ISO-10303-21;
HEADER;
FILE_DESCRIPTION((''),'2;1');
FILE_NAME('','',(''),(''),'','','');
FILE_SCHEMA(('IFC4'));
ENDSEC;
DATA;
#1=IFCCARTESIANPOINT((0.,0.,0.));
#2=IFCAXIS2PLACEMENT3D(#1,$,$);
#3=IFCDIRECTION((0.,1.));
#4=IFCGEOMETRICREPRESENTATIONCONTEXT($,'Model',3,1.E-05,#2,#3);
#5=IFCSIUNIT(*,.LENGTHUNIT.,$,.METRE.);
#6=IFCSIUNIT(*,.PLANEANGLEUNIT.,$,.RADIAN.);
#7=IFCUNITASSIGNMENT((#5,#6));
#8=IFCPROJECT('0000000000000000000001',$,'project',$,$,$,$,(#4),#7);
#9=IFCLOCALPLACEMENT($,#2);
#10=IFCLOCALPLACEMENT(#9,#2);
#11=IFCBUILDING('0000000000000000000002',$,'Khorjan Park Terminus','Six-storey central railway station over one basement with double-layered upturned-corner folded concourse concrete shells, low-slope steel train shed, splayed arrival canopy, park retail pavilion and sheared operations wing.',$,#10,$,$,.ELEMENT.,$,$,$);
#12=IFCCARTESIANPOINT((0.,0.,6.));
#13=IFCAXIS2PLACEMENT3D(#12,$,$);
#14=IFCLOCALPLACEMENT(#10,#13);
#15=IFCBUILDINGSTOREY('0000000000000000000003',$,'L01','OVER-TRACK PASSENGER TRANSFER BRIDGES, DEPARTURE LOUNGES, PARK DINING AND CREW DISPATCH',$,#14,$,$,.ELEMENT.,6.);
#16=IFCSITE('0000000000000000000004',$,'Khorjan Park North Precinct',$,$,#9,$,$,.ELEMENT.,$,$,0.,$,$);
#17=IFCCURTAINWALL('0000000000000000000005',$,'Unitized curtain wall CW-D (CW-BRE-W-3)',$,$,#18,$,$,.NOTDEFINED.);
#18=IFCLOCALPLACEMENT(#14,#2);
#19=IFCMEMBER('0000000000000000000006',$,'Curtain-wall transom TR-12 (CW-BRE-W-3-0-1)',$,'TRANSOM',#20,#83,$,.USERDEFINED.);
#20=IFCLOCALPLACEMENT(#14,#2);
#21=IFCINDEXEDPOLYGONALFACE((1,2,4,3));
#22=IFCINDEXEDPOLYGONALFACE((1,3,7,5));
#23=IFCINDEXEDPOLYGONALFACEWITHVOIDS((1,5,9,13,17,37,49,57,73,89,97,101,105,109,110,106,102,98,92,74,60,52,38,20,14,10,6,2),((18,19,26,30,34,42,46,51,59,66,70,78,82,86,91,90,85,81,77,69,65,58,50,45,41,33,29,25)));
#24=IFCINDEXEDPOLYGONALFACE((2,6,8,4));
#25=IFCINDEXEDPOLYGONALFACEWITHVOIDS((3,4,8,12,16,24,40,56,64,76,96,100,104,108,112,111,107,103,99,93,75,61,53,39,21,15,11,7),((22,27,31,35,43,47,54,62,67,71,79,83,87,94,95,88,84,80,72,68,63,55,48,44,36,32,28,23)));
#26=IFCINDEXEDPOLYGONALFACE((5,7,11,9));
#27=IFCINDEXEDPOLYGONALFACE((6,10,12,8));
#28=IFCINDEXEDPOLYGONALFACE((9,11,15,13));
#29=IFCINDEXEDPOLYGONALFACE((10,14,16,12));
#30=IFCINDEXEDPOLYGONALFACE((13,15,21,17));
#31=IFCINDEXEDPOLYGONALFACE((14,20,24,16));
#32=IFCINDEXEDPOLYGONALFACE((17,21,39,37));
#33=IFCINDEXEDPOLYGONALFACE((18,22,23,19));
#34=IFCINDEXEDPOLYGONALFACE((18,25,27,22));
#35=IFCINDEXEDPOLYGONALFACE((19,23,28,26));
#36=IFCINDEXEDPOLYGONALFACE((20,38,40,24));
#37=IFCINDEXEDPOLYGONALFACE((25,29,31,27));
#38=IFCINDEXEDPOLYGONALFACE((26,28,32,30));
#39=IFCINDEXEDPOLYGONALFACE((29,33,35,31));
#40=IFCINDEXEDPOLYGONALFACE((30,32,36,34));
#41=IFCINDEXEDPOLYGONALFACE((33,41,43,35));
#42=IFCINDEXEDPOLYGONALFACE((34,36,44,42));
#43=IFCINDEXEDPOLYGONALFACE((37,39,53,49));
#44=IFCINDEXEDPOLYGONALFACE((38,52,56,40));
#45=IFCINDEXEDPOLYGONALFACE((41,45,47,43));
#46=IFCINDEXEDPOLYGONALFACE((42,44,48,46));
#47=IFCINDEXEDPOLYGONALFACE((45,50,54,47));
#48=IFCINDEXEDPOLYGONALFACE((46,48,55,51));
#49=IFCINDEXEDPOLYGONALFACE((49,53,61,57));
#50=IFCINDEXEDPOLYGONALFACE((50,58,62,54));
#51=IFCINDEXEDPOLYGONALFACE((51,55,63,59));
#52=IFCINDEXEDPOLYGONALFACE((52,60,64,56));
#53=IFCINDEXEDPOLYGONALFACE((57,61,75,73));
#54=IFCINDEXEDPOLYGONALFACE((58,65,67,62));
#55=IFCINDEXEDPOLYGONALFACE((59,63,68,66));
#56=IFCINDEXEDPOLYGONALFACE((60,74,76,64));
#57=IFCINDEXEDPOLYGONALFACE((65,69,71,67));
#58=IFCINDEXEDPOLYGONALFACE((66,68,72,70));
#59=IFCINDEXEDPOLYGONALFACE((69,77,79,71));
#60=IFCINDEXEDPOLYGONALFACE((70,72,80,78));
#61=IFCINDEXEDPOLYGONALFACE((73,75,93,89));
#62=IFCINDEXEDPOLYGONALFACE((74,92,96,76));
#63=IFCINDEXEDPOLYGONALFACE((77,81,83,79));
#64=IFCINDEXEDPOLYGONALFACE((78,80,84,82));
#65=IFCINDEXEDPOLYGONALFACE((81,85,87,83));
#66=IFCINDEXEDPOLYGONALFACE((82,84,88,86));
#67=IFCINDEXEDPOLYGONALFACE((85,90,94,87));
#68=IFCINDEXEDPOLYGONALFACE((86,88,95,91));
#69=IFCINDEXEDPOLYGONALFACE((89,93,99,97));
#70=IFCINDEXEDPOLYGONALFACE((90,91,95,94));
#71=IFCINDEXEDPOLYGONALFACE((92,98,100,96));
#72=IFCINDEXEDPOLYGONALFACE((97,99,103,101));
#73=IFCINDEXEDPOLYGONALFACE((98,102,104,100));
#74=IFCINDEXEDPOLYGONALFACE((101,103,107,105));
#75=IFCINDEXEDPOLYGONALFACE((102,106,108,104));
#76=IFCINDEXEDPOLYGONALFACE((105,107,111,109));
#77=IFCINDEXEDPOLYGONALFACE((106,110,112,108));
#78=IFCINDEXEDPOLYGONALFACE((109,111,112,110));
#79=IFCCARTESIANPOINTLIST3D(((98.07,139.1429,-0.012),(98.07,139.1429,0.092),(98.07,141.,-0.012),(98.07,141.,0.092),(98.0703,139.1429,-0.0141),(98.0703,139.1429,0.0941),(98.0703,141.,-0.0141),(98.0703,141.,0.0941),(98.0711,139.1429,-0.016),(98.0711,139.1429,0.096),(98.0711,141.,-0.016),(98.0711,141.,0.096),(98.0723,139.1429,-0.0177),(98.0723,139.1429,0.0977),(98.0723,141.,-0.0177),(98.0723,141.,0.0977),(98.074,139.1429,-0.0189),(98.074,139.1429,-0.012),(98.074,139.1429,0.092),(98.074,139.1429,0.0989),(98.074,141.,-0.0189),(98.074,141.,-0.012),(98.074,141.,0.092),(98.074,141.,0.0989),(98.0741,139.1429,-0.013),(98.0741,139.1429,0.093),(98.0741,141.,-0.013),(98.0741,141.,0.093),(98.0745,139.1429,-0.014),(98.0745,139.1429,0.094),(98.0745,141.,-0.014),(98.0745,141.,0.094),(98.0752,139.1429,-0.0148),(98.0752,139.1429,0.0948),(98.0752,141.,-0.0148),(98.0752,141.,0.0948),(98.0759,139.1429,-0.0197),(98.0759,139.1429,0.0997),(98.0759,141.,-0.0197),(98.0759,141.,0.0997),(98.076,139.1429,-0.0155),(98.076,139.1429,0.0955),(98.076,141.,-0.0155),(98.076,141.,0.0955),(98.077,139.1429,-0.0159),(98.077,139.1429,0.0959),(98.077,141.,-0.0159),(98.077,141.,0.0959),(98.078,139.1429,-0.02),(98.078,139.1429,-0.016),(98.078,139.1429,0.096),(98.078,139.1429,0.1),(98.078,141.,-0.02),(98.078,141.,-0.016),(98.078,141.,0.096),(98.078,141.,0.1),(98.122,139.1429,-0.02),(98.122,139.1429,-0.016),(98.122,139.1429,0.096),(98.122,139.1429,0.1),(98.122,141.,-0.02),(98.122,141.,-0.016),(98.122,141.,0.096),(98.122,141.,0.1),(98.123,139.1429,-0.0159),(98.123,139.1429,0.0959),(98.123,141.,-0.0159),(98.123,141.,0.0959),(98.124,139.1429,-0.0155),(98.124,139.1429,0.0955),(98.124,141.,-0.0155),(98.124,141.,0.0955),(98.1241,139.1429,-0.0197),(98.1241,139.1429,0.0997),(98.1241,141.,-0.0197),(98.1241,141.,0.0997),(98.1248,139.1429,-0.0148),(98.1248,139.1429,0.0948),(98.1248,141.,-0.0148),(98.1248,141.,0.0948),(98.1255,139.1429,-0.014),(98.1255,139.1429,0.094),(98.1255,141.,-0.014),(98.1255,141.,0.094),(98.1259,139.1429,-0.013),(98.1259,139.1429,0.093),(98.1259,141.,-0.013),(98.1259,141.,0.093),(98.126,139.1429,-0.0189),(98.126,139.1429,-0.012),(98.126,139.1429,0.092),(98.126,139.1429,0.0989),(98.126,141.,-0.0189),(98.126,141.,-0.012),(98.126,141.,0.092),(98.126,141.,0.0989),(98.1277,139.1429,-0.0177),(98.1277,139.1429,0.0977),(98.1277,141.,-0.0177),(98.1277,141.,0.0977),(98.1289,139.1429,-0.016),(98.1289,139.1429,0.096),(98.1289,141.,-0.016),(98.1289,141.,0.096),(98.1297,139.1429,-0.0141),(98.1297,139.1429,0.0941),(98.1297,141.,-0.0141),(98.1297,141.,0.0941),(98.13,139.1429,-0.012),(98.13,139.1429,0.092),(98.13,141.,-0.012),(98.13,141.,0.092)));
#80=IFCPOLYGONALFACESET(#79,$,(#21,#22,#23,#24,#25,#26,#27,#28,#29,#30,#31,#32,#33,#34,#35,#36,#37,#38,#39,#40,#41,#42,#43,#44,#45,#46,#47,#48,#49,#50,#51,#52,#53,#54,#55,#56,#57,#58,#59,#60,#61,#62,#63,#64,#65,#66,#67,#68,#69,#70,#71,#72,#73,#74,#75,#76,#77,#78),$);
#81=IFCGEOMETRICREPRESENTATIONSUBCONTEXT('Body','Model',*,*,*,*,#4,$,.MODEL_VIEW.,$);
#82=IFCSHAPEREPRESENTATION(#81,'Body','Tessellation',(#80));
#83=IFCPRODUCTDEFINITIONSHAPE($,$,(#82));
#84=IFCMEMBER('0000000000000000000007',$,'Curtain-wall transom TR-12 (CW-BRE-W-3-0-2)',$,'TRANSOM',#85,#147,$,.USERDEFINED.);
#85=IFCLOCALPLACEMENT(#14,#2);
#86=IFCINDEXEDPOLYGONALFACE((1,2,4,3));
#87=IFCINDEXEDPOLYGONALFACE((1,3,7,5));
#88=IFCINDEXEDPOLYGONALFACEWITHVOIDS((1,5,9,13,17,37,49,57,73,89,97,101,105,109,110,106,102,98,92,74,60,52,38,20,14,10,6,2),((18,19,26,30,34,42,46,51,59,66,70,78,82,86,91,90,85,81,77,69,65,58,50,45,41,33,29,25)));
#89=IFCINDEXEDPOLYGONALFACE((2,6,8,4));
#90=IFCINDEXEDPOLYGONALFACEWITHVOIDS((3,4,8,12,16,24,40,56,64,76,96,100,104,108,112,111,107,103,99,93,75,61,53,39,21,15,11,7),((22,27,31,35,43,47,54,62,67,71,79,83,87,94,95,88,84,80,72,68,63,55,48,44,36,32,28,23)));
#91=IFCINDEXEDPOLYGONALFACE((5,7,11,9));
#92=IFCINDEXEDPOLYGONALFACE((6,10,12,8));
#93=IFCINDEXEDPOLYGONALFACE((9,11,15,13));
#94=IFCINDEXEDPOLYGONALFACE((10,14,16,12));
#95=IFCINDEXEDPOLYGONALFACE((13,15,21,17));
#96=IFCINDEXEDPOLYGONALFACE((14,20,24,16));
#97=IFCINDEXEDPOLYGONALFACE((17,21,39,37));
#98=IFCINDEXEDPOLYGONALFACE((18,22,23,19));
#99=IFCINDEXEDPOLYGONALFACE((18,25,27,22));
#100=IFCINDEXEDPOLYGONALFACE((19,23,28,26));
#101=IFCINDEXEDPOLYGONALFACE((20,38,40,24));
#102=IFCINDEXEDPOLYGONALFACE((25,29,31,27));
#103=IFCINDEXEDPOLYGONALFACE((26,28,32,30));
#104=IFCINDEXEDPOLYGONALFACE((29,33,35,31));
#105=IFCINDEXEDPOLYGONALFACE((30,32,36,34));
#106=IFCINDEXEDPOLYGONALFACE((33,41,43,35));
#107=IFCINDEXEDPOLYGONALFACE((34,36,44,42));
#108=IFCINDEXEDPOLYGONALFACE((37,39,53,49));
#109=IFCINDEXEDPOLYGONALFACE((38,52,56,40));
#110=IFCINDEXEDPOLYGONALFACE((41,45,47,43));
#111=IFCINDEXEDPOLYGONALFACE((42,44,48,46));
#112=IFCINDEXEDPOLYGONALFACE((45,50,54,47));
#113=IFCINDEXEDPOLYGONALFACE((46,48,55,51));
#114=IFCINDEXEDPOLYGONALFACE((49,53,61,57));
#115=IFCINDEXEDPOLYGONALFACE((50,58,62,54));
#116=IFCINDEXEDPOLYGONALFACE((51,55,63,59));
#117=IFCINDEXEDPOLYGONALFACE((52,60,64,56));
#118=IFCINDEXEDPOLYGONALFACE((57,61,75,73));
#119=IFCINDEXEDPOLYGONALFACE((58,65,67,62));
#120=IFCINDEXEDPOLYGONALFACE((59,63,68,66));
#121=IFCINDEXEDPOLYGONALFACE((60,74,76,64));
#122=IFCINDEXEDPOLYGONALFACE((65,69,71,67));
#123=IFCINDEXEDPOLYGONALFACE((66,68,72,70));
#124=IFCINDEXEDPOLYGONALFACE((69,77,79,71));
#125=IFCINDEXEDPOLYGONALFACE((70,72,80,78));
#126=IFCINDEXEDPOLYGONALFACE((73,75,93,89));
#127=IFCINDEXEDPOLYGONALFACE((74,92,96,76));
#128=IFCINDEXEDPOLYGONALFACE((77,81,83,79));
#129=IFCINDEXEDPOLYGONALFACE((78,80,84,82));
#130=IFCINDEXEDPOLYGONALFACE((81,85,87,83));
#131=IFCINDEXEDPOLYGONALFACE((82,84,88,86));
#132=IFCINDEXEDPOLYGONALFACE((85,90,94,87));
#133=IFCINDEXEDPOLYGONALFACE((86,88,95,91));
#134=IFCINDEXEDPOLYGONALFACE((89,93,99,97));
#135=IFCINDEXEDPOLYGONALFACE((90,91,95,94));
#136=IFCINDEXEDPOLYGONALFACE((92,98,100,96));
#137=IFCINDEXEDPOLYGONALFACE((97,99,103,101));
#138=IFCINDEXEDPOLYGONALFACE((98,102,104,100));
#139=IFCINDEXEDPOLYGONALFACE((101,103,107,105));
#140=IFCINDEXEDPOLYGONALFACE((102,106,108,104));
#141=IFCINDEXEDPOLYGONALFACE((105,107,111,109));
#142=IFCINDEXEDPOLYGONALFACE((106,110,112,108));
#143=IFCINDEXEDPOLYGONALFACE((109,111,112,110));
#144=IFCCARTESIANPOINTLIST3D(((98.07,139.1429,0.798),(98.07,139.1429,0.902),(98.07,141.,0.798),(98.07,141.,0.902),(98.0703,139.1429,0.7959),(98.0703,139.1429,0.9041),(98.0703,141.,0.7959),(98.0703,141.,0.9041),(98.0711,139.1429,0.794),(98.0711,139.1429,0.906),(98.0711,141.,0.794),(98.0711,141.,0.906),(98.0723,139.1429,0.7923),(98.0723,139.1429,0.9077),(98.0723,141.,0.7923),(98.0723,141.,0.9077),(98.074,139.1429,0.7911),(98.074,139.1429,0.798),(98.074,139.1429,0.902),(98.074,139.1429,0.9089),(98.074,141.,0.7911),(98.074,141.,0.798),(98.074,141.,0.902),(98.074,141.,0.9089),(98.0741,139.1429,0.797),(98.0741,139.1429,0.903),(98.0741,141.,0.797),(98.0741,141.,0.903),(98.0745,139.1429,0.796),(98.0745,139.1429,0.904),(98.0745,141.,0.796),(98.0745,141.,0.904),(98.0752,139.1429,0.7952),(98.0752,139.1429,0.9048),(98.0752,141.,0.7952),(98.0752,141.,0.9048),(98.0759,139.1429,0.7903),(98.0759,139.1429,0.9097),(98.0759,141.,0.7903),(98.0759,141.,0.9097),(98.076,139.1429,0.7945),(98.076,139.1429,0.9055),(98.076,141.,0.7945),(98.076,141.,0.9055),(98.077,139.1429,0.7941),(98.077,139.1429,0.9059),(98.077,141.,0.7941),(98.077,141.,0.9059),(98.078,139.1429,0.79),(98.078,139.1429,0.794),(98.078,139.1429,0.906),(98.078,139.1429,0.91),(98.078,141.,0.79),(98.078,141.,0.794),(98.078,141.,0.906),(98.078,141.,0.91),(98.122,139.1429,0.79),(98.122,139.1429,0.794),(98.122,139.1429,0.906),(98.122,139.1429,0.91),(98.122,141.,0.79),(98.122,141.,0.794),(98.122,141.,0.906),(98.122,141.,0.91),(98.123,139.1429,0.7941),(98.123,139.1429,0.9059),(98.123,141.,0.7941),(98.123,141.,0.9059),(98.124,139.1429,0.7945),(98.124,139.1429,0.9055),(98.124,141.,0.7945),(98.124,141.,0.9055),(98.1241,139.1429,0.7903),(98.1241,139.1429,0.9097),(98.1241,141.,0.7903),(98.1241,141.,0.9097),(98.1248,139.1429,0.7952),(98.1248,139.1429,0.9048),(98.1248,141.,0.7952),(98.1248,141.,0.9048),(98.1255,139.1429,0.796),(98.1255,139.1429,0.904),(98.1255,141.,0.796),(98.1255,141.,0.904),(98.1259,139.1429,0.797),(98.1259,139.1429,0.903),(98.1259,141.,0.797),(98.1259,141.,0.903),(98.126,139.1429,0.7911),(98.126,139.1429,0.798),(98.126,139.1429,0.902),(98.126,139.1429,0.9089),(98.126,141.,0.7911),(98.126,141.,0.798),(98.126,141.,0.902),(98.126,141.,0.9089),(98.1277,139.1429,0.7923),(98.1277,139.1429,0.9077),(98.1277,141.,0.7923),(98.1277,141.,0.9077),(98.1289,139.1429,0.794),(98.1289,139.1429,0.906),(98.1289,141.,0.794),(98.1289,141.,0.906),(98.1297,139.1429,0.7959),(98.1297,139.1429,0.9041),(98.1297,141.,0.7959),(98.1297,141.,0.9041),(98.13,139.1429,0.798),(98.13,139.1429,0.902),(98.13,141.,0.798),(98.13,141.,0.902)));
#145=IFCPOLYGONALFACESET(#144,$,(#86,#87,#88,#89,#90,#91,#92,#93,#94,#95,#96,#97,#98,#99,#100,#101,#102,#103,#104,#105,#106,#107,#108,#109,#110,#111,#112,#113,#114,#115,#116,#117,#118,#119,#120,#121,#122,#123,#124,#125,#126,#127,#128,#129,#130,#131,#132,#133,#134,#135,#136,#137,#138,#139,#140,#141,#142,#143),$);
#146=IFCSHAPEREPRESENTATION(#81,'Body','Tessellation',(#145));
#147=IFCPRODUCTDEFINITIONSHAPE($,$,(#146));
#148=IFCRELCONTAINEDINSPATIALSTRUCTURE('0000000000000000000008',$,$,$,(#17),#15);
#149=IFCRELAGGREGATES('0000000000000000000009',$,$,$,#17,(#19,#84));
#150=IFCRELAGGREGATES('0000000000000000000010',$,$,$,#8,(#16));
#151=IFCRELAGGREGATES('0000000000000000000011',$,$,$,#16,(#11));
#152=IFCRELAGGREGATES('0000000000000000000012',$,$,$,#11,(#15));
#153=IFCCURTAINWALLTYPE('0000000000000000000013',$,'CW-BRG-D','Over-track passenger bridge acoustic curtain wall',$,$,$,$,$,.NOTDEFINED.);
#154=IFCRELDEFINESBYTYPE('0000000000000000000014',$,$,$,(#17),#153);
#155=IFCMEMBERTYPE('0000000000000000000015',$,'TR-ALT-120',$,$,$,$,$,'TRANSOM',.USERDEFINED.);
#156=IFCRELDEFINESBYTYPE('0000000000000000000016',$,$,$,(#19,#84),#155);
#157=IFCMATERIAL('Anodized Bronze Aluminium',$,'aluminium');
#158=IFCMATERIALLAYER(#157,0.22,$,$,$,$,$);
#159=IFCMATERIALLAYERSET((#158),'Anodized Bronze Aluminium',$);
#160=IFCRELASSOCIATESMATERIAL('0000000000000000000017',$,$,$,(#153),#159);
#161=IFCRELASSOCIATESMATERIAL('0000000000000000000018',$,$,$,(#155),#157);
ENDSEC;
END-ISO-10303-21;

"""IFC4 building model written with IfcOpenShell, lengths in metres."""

from ifc_helpers import new_model, si_unit, direction, frame, origin, origin_2d, place, context, subcontext, project, spatial, hollow_rectangle, extrude, material, layer, layer_set, material_profile, profile_set, type_object, element, aggregate, save


model = new_model("IFC4")

# Units and contexts
model_context = context("Model", 3, precision=1e-05, world=origin(), true_north=direction((0.0, 1.0)))
body_context = subcontext(model_context, "Body", "Model", "MODEL_VIEW")
ifc_project = project(units=[si_unit("LENGTHUNIT", "METRE"), si_unit("PLANEANGLEUNIT", "RADIAN")], contexts=[model_context])

# Site, building, storey
site_placement = place(None, origin())
site = spatial("IfcSite", under=ifc_project, at=site_placement, Name="Khorjan Park North Precinct", CompositionType="ELEMENT", RefElevation=0.0)
building_placement = place(site_placement, origin())
building = spatial("IfcBuilding", under=site, at=building_placement, Name="Khorjan Park Terminus", Description="Six-storey central railway station over one basement with double-layered upturned-corner folded concourse concrete shells, low-slope steel train shed, splayed arrival canopy, park retail pavilion and sheared operations wing.", CompositionType="ELEMENT")
storey_placement = place(building_placement, frame((0.0, 0.0, 6.0)))
storey = spatial("IfcBuildingStorey", under=building, at=storey_placement, Name="L01", Description="OVER-TRACK PASSENGER TRANSFER BRIDGES, DEPARTURE LOUNGES, PARK DINING AND CREW DISPATCH", CompositionType="ELEMENT", Elevation=6.0)

# Curtain wall, members
ifc_material_1 = material(Name="Anodized Bronze Aluminium", Category="aluminium")
ifc_layer_1 = layer(ifc_material_1, 0.22)
ifc_layer_set_1 = layer_set([ifc_layer_1], Name="Anodized Bronze Aluminium")
curtain_wall_type = type_object("IfcCurtainWallType", Name="CW-BRG-D", Description="Over-track passenger bridge acoustic curtain wall", PredefinedType="NOTDEFINED", material=ifc_layer_set_1)
curtain_wall_1_placement = place(storey_placement, origin())
curtain_wall_1 = element("IfcCurtainWall", 1, at=curtain_wall_1_placement, inside=storey, type_object=curtain_wall_type, Name="Unitized curtain wall CW-D (CW-BRE-W-3)", PredefinedType="NOTDEFINED")
ifc_material_profile_1 = material_profile(ifc_material_1, hollow_rectangle(XDim=0.06, YDim=0.12, WallThickness=0.004, InnerFilletRadius=0.004, OuterFilletRadius=0.008, at=origin_2d()), Name="ALT 60x120x4")
ifc_profile_set_1 = profile_set([ifc_material_profile_1], Name="Anodized Bronze Aluminium")
member_type_1 = type_object("IfcMemberType", Name="TR-ALT-120", ElementType="TRANSOM", PredefinedType="USERDEFINED", material=ifc_profile_set_1)
member_1_placement = place(storey_placement, frame((98.1, 141.0, 0.04), z_axis=(0.0, -1.0, 0.0), x_axis=(1.0, 0.0, 0.0)))
member_1 = element("IfcMember", 2, at=member_1_placement, type_object=member_type_1, Name="Curtain-wall transom TR-12 (CW-BRE-W-3-0-1)", ObjectType="TRANSOM", PredefinedType="USERDEFINED", context=body_context, shape_type="SweptSolid", body=[
    extrude(hollow_rectangle(XDim=0.06, YDim=0.12, WallThickness=0.004, InnerFilletRadius=0.004, OuterFilletRadius=0.008, at=origin_2d()), origin(), (0.0, 0.0, 1.0), 1.8571),
])
member_2_placement = place(storey_placement, frame((98.1, 141.0, 0.85), z_axis=(0.0, -1.0, 0.0), x_axis=(1.0, 0.0, 0.0)))
member_2 = element("IfcMember", 3, at=member_2_placement, type_object=member_type_1, Name="Curtain-wall transom TR-12 (CW-BRE-W-3-0-2)", ObjectType="TRANSOM", PredefinedType="USERDEFINED", context=body_context, shape_type="SweptSolid", body=[
    extrude(hollow_rectangle(XDim=0.06, YDim=0.12, WallThickness=0.004, InnerFilletRadius=0.004, OuterFilletRadius=0.008, at=origin_2d()), origin(), (0.0, 0.0, 1.0), 1.8571),
])

aggregate(curtain_wall_1, [member_1, member_2])

save(model, "model.ifc")
